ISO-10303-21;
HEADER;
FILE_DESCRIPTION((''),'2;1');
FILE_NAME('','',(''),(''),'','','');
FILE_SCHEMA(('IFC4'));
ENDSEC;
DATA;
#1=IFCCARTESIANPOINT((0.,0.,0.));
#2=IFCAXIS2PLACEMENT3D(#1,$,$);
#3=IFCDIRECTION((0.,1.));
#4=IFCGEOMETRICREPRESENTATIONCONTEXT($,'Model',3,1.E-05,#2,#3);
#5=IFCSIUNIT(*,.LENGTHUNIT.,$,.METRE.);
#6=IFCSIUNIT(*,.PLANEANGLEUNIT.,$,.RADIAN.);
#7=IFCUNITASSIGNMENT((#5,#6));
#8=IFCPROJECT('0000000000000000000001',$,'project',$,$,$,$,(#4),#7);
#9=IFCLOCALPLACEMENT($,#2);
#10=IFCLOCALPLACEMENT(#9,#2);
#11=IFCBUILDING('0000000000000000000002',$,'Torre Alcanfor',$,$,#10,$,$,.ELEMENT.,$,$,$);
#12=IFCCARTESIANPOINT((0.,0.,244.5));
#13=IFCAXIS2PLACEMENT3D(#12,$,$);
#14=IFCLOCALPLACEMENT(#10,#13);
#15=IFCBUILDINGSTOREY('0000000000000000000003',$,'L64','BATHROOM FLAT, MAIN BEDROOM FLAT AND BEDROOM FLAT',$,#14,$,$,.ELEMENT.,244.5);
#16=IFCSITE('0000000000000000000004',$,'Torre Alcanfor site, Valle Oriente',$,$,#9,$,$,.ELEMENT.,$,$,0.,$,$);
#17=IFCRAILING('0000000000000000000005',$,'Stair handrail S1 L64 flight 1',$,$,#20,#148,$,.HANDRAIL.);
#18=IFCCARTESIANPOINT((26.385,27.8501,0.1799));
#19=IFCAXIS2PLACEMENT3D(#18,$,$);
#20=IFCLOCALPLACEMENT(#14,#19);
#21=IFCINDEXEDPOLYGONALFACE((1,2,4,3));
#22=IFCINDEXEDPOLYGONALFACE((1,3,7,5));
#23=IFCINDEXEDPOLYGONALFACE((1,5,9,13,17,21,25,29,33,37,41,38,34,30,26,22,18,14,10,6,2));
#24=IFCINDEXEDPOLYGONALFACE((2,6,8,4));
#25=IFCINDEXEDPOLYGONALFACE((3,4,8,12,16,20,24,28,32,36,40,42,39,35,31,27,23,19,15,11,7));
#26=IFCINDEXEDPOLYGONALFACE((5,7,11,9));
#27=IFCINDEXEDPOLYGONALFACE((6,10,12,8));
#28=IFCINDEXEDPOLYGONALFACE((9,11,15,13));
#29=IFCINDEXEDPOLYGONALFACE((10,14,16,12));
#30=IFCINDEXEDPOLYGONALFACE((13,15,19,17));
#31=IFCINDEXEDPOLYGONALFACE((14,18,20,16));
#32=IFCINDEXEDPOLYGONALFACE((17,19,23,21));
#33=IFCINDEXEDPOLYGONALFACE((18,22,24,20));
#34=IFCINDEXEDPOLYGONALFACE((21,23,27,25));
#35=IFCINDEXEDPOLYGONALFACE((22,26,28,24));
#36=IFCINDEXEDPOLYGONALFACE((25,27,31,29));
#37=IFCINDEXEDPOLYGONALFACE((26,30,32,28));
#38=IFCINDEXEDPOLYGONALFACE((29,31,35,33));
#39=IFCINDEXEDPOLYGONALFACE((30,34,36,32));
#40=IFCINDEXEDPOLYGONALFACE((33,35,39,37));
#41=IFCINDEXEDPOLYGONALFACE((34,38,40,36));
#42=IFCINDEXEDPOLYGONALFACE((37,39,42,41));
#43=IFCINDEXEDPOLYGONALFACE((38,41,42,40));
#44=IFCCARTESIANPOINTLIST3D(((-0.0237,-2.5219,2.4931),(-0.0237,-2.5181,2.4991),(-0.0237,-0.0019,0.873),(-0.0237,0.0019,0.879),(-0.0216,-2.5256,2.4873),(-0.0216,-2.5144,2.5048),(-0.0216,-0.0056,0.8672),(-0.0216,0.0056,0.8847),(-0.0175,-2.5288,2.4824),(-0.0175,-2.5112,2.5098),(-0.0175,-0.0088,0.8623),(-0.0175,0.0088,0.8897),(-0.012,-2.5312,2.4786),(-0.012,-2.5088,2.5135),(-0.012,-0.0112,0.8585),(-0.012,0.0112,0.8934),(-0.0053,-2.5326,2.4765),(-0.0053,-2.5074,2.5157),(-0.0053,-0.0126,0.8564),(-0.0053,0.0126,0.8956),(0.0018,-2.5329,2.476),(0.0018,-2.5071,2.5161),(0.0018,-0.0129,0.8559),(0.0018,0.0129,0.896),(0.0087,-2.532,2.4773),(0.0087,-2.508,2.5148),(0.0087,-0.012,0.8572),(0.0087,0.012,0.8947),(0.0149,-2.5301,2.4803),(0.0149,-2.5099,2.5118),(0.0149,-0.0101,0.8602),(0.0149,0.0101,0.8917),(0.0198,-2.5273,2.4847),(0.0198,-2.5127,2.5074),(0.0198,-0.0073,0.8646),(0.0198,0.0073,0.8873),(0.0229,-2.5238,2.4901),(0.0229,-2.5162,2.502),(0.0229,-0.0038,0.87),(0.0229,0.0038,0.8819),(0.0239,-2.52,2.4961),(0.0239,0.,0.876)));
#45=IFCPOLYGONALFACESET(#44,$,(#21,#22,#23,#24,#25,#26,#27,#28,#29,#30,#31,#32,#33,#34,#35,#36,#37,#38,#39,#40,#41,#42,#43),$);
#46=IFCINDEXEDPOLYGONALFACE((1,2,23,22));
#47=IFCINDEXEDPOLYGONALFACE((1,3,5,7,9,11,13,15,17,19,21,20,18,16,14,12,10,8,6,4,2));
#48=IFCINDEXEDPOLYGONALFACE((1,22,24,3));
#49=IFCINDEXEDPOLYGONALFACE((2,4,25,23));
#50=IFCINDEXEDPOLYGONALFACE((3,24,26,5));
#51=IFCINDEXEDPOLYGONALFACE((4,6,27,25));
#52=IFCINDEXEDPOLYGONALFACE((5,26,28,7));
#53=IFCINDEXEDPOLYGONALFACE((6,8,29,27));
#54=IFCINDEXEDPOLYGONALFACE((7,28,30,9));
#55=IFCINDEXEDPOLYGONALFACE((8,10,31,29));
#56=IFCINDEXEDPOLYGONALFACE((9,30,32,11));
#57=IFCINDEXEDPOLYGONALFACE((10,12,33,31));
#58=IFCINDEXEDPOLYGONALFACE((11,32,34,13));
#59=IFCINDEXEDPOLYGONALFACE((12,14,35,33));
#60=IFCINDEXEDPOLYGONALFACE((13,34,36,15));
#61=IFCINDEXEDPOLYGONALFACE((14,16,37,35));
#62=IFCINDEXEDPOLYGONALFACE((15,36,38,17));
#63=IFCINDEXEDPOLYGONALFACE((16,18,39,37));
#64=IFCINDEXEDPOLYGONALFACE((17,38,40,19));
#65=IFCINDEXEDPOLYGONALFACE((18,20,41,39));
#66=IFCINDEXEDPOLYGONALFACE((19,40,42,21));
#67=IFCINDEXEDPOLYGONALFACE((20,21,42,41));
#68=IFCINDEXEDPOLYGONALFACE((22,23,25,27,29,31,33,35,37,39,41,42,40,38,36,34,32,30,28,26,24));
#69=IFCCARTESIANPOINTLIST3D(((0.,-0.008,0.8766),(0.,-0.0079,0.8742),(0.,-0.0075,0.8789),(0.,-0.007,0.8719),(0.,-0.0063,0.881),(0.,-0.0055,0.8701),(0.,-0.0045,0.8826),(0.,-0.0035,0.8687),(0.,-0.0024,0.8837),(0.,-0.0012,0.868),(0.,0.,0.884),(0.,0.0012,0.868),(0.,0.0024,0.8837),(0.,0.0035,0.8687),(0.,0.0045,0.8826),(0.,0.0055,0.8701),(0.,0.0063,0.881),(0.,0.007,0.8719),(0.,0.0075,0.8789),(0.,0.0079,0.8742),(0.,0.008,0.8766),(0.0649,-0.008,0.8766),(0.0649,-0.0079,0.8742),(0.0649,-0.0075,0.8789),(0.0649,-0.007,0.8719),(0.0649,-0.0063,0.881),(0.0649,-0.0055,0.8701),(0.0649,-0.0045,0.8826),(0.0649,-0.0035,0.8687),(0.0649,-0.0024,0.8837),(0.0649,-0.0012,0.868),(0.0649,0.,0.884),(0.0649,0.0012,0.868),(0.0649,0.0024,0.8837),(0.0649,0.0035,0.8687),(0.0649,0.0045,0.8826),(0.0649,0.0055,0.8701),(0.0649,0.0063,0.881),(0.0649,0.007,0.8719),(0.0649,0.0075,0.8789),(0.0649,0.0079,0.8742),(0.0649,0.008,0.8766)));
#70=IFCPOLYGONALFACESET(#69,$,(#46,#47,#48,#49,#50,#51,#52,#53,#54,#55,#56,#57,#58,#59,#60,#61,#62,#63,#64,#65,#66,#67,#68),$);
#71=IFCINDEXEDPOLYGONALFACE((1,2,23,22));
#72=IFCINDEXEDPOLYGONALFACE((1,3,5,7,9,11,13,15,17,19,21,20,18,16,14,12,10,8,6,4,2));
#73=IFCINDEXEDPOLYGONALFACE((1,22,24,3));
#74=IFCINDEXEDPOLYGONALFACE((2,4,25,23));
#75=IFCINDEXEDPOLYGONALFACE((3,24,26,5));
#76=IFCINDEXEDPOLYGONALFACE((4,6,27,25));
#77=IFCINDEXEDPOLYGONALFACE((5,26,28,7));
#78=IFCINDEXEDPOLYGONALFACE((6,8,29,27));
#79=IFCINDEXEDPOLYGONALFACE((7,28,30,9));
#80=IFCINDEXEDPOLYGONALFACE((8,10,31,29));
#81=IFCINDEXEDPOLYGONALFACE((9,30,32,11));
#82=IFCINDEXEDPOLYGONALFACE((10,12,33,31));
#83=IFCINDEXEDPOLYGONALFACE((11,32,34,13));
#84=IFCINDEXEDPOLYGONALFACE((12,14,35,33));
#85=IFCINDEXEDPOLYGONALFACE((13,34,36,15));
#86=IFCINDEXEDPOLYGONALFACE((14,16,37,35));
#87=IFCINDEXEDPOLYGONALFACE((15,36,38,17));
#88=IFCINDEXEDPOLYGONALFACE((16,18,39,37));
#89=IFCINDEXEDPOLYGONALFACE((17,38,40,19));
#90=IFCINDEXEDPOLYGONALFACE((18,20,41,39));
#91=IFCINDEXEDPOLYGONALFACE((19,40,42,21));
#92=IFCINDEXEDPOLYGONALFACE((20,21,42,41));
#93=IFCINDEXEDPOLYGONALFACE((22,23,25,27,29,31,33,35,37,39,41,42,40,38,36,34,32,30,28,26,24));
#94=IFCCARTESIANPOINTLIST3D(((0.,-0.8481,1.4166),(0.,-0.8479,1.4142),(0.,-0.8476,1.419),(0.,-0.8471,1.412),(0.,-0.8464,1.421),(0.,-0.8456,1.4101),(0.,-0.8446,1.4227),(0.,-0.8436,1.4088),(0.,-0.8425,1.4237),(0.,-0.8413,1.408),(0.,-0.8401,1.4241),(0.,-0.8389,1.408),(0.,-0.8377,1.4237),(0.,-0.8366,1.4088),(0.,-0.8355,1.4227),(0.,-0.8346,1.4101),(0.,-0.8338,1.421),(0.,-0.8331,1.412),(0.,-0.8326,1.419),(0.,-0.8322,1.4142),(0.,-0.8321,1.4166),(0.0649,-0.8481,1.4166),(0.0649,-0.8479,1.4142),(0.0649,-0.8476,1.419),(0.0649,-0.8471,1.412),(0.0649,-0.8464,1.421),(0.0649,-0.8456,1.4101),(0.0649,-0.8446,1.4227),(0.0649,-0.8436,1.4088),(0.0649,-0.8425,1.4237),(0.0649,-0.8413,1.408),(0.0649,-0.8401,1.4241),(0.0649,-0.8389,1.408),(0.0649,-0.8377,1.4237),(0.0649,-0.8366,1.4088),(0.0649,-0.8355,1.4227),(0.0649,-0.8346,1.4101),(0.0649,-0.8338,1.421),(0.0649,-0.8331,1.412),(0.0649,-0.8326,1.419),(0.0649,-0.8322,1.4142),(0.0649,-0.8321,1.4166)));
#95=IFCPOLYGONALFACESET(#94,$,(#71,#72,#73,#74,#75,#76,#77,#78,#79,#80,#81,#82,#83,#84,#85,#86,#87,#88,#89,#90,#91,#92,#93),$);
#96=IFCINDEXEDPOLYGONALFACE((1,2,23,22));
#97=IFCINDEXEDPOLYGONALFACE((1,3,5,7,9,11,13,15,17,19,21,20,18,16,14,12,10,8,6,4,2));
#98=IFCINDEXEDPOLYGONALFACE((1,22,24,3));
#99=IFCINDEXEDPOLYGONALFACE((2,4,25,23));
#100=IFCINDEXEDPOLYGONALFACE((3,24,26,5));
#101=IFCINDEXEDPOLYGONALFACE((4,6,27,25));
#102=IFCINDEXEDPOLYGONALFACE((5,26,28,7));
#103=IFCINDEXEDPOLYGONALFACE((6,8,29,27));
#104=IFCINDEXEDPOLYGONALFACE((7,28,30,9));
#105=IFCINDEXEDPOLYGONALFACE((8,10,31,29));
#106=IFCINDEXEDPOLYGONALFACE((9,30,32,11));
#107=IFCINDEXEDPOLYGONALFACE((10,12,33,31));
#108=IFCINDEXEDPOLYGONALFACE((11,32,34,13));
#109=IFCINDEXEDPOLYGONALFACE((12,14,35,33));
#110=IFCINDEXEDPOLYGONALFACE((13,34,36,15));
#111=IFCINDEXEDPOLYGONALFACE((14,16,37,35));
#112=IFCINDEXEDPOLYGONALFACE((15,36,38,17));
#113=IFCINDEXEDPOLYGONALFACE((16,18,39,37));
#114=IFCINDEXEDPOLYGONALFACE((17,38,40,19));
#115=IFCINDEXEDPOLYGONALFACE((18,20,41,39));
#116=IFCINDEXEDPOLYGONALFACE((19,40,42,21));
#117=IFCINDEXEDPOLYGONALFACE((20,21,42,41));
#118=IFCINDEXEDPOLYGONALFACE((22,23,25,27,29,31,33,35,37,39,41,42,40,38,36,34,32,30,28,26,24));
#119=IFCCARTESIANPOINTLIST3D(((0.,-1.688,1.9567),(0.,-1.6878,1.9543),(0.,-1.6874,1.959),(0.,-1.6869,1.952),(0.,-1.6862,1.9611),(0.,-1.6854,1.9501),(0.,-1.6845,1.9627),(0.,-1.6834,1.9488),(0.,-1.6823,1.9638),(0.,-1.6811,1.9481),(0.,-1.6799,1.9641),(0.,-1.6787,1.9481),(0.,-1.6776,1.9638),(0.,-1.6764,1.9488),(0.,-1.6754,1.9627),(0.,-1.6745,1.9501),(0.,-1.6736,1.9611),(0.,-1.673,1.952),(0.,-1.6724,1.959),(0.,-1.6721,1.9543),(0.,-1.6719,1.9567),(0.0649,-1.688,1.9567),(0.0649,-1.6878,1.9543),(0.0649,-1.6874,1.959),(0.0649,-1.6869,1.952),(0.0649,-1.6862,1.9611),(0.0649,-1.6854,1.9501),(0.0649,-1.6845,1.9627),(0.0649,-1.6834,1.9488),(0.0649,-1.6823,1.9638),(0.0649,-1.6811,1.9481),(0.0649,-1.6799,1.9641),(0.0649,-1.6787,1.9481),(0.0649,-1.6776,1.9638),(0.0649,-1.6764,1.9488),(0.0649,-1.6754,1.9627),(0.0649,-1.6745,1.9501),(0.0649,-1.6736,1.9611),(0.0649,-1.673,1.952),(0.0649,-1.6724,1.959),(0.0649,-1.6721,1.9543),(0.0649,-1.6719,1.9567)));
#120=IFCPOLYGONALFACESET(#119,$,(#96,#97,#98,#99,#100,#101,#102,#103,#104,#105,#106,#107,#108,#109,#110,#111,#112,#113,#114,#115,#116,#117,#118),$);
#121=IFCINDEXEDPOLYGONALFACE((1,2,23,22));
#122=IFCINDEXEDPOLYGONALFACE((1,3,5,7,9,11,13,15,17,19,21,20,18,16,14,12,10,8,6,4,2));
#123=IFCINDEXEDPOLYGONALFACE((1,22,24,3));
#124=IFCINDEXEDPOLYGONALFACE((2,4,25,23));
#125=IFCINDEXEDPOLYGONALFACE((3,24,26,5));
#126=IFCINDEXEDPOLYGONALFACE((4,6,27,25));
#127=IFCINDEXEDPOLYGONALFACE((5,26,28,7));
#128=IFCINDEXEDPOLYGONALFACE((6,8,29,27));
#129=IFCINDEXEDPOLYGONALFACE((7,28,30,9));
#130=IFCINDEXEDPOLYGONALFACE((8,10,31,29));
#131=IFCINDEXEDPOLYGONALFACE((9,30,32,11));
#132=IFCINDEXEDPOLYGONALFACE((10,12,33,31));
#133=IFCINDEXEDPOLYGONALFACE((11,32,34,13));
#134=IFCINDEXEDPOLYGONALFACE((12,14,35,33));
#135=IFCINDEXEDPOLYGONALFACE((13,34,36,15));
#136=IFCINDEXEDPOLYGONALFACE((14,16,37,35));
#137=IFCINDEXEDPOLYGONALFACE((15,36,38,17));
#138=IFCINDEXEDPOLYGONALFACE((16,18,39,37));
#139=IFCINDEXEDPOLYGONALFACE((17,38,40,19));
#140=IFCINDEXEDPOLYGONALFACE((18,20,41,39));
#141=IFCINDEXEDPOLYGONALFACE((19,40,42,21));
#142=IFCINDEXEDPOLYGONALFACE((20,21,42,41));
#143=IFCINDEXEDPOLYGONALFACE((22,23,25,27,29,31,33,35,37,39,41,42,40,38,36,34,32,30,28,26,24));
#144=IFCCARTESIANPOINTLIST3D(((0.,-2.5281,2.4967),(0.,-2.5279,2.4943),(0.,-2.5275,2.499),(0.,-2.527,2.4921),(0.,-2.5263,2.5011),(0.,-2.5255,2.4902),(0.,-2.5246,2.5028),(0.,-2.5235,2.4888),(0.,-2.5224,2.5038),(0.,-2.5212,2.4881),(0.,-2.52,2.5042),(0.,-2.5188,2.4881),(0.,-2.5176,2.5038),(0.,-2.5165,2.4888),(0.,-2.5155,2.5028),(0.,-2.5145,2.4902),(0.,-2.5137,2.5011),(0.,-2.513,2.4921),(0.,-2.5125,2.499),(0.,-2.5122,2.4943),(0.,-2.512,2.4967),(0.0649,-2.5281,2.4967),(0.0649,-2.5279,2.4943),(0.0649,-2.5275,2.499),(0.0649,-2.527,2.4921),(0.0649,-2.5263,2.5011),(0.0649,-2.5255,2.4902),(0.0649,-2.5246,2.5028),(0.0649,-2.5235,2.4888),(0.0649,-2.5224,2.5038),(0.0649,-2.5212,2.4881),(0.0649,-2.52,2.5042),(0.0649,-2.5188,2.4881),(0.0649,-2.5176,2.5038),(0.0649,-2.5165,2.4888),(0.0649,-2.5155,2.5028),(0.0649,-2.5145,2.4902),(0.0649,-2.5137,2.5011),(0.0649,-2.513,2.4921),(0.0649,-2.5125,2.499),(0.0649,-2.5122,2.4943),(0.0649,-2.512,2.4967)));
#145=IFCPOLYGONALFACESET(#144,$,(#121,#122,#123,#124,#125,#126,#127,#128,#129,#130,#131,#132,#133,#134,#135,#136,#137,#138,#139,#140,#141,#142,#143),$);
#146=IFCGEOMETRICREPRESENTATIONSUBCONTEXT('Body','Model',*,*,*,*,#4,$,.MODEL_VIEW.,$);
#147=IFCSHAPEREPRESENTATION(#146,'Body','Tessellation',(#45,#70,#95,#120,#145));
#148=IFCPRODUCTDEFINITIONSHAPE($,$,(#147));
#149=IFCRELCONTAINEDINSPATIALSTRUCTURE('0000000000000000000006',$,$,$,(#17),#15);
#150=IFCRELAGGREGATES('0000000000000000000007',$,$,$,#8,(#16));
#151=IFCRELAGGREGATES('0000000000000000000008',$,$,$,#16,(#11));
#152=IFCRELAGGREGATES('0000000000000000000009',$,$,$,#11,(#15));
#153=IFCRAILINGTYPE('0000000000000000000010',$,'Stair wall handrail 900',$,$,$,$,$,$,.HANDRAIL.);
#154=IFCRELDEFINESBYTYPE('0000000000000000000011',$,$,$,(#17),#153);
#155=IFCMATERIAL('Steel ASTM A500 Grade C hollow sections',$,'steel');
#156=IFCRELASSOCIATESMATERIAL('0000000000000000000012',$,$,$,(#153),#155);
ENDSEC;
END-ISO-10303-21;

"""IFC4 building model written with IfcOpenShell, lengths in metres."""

from ifc_helpers import new_model, si_unit, direction, frame, origin, origin_2d, place, context, subcontext, project, spatial, circle, extrude, material, type_object, element, save


model = new_model("IFC4")

# Units and contexts
model_context = context("Model", 3, precision=1e-05, world=origin(), true_north=direction((0.0, 1.0)))
body_context = subcontext(model_context, "Body", "Model", "MODEL_VIEW")
ifc_project = project(units=[si_unit("LENGTHUNIT", "METRE"), si_unit("PLANEANGLEUNIT", "RADIAN")], contexts=[model_context])

# Site, building, storey
site_placement = place(None, origin())
site = spatial("IfcSite", under=ifc_project, at=site_placement, Name="Torre Alcanfor site, Valle Oriente", CompositionType="ELEMENT", RefElevation=0.0)
building_placement = place(site_placement, origin())
building = spatial("IfcBuilding", under=site, at=building_placement, Name="Torre Alcanfor", CompositionType="ELEMENT")
storey_placement = place(building_placement, frame((0.0, 0.0, 244.5)))
storey = spatial("IfcBuildingStorey", under=building, at=storey_placement, Name="L64", Description="BATHROOM FLAT, MAIN BEDROOM FLAT AND BEDROOM FLAT", CompositionType="ELEMENT", Elevation=244.5)

# Railing
ifc_material_1 = material(Name="Steel ASTM A500 Grade C hollow sections", Category="steel")
railing_type = type_object("IfcRailingType", Name="Stair wall handrail 900", PredefinedType="HANDRAIL", material=ifc_material_1)
railing_placement = place(storey_placement, frame((26.385, 27.8501, 0.1799)))
element("IfcRailing", 1, at=railing_placement, inside=storey, type_object=railing_type, Name="Stair handrail S1 L64 flight 1", PredefinedType="HANDRAIL", context=body_context, shape_type="SweptSolid", body=[
    extrude(circle(Radius=0.0239, at=origin_2d()), frame((0.0, 0.0, 0.876), z_axis=(0.0, -0.841163, 0.540782), x_axis=(1.0, 0.0, 0.0)), (0.0, 0.0, 1.0), 2.9958),
    extrude(circle(Radius=0.0081, at=origin_2d()), frame((0.0, 0.0, 0.876), z_axis=(1.0, 0.0, 0.0), x_axis=(0.0, 0.0, 1.0)), (0.0, 0.0, 1.0), 0.0649),
    extrude(circle(Radius=0.0081, at=origin_2d()), frame((0.0, -0.8401, 1.416), z_axis=(1.0, 0.0, 0.0), x_axis=(0.0, 0.0, 1.0)), (0.0, 0.0, 1.0), 0.0649),
    extrude(circle(Radius=0.0081, at=origin_2d()), frame((0.0, -1.6799, 1.9561), z_axis=(1.0, 0.0, 0.0), x_axis=(0.0, 0.0, 1.0)), (0.0, 0.0, 1.0), 0.0649),
    extrude(circle(Radius=0.0081, at=origin_2d()), frame((0.0, -2.52, 2.4961), z_axis=(1.0, 0.0, 0.0), x_axis=(0.0, 0.0, 1.0)), (0.0, 0.0, 1.0), 0.0649),
])

save(model, "model.ifc")
